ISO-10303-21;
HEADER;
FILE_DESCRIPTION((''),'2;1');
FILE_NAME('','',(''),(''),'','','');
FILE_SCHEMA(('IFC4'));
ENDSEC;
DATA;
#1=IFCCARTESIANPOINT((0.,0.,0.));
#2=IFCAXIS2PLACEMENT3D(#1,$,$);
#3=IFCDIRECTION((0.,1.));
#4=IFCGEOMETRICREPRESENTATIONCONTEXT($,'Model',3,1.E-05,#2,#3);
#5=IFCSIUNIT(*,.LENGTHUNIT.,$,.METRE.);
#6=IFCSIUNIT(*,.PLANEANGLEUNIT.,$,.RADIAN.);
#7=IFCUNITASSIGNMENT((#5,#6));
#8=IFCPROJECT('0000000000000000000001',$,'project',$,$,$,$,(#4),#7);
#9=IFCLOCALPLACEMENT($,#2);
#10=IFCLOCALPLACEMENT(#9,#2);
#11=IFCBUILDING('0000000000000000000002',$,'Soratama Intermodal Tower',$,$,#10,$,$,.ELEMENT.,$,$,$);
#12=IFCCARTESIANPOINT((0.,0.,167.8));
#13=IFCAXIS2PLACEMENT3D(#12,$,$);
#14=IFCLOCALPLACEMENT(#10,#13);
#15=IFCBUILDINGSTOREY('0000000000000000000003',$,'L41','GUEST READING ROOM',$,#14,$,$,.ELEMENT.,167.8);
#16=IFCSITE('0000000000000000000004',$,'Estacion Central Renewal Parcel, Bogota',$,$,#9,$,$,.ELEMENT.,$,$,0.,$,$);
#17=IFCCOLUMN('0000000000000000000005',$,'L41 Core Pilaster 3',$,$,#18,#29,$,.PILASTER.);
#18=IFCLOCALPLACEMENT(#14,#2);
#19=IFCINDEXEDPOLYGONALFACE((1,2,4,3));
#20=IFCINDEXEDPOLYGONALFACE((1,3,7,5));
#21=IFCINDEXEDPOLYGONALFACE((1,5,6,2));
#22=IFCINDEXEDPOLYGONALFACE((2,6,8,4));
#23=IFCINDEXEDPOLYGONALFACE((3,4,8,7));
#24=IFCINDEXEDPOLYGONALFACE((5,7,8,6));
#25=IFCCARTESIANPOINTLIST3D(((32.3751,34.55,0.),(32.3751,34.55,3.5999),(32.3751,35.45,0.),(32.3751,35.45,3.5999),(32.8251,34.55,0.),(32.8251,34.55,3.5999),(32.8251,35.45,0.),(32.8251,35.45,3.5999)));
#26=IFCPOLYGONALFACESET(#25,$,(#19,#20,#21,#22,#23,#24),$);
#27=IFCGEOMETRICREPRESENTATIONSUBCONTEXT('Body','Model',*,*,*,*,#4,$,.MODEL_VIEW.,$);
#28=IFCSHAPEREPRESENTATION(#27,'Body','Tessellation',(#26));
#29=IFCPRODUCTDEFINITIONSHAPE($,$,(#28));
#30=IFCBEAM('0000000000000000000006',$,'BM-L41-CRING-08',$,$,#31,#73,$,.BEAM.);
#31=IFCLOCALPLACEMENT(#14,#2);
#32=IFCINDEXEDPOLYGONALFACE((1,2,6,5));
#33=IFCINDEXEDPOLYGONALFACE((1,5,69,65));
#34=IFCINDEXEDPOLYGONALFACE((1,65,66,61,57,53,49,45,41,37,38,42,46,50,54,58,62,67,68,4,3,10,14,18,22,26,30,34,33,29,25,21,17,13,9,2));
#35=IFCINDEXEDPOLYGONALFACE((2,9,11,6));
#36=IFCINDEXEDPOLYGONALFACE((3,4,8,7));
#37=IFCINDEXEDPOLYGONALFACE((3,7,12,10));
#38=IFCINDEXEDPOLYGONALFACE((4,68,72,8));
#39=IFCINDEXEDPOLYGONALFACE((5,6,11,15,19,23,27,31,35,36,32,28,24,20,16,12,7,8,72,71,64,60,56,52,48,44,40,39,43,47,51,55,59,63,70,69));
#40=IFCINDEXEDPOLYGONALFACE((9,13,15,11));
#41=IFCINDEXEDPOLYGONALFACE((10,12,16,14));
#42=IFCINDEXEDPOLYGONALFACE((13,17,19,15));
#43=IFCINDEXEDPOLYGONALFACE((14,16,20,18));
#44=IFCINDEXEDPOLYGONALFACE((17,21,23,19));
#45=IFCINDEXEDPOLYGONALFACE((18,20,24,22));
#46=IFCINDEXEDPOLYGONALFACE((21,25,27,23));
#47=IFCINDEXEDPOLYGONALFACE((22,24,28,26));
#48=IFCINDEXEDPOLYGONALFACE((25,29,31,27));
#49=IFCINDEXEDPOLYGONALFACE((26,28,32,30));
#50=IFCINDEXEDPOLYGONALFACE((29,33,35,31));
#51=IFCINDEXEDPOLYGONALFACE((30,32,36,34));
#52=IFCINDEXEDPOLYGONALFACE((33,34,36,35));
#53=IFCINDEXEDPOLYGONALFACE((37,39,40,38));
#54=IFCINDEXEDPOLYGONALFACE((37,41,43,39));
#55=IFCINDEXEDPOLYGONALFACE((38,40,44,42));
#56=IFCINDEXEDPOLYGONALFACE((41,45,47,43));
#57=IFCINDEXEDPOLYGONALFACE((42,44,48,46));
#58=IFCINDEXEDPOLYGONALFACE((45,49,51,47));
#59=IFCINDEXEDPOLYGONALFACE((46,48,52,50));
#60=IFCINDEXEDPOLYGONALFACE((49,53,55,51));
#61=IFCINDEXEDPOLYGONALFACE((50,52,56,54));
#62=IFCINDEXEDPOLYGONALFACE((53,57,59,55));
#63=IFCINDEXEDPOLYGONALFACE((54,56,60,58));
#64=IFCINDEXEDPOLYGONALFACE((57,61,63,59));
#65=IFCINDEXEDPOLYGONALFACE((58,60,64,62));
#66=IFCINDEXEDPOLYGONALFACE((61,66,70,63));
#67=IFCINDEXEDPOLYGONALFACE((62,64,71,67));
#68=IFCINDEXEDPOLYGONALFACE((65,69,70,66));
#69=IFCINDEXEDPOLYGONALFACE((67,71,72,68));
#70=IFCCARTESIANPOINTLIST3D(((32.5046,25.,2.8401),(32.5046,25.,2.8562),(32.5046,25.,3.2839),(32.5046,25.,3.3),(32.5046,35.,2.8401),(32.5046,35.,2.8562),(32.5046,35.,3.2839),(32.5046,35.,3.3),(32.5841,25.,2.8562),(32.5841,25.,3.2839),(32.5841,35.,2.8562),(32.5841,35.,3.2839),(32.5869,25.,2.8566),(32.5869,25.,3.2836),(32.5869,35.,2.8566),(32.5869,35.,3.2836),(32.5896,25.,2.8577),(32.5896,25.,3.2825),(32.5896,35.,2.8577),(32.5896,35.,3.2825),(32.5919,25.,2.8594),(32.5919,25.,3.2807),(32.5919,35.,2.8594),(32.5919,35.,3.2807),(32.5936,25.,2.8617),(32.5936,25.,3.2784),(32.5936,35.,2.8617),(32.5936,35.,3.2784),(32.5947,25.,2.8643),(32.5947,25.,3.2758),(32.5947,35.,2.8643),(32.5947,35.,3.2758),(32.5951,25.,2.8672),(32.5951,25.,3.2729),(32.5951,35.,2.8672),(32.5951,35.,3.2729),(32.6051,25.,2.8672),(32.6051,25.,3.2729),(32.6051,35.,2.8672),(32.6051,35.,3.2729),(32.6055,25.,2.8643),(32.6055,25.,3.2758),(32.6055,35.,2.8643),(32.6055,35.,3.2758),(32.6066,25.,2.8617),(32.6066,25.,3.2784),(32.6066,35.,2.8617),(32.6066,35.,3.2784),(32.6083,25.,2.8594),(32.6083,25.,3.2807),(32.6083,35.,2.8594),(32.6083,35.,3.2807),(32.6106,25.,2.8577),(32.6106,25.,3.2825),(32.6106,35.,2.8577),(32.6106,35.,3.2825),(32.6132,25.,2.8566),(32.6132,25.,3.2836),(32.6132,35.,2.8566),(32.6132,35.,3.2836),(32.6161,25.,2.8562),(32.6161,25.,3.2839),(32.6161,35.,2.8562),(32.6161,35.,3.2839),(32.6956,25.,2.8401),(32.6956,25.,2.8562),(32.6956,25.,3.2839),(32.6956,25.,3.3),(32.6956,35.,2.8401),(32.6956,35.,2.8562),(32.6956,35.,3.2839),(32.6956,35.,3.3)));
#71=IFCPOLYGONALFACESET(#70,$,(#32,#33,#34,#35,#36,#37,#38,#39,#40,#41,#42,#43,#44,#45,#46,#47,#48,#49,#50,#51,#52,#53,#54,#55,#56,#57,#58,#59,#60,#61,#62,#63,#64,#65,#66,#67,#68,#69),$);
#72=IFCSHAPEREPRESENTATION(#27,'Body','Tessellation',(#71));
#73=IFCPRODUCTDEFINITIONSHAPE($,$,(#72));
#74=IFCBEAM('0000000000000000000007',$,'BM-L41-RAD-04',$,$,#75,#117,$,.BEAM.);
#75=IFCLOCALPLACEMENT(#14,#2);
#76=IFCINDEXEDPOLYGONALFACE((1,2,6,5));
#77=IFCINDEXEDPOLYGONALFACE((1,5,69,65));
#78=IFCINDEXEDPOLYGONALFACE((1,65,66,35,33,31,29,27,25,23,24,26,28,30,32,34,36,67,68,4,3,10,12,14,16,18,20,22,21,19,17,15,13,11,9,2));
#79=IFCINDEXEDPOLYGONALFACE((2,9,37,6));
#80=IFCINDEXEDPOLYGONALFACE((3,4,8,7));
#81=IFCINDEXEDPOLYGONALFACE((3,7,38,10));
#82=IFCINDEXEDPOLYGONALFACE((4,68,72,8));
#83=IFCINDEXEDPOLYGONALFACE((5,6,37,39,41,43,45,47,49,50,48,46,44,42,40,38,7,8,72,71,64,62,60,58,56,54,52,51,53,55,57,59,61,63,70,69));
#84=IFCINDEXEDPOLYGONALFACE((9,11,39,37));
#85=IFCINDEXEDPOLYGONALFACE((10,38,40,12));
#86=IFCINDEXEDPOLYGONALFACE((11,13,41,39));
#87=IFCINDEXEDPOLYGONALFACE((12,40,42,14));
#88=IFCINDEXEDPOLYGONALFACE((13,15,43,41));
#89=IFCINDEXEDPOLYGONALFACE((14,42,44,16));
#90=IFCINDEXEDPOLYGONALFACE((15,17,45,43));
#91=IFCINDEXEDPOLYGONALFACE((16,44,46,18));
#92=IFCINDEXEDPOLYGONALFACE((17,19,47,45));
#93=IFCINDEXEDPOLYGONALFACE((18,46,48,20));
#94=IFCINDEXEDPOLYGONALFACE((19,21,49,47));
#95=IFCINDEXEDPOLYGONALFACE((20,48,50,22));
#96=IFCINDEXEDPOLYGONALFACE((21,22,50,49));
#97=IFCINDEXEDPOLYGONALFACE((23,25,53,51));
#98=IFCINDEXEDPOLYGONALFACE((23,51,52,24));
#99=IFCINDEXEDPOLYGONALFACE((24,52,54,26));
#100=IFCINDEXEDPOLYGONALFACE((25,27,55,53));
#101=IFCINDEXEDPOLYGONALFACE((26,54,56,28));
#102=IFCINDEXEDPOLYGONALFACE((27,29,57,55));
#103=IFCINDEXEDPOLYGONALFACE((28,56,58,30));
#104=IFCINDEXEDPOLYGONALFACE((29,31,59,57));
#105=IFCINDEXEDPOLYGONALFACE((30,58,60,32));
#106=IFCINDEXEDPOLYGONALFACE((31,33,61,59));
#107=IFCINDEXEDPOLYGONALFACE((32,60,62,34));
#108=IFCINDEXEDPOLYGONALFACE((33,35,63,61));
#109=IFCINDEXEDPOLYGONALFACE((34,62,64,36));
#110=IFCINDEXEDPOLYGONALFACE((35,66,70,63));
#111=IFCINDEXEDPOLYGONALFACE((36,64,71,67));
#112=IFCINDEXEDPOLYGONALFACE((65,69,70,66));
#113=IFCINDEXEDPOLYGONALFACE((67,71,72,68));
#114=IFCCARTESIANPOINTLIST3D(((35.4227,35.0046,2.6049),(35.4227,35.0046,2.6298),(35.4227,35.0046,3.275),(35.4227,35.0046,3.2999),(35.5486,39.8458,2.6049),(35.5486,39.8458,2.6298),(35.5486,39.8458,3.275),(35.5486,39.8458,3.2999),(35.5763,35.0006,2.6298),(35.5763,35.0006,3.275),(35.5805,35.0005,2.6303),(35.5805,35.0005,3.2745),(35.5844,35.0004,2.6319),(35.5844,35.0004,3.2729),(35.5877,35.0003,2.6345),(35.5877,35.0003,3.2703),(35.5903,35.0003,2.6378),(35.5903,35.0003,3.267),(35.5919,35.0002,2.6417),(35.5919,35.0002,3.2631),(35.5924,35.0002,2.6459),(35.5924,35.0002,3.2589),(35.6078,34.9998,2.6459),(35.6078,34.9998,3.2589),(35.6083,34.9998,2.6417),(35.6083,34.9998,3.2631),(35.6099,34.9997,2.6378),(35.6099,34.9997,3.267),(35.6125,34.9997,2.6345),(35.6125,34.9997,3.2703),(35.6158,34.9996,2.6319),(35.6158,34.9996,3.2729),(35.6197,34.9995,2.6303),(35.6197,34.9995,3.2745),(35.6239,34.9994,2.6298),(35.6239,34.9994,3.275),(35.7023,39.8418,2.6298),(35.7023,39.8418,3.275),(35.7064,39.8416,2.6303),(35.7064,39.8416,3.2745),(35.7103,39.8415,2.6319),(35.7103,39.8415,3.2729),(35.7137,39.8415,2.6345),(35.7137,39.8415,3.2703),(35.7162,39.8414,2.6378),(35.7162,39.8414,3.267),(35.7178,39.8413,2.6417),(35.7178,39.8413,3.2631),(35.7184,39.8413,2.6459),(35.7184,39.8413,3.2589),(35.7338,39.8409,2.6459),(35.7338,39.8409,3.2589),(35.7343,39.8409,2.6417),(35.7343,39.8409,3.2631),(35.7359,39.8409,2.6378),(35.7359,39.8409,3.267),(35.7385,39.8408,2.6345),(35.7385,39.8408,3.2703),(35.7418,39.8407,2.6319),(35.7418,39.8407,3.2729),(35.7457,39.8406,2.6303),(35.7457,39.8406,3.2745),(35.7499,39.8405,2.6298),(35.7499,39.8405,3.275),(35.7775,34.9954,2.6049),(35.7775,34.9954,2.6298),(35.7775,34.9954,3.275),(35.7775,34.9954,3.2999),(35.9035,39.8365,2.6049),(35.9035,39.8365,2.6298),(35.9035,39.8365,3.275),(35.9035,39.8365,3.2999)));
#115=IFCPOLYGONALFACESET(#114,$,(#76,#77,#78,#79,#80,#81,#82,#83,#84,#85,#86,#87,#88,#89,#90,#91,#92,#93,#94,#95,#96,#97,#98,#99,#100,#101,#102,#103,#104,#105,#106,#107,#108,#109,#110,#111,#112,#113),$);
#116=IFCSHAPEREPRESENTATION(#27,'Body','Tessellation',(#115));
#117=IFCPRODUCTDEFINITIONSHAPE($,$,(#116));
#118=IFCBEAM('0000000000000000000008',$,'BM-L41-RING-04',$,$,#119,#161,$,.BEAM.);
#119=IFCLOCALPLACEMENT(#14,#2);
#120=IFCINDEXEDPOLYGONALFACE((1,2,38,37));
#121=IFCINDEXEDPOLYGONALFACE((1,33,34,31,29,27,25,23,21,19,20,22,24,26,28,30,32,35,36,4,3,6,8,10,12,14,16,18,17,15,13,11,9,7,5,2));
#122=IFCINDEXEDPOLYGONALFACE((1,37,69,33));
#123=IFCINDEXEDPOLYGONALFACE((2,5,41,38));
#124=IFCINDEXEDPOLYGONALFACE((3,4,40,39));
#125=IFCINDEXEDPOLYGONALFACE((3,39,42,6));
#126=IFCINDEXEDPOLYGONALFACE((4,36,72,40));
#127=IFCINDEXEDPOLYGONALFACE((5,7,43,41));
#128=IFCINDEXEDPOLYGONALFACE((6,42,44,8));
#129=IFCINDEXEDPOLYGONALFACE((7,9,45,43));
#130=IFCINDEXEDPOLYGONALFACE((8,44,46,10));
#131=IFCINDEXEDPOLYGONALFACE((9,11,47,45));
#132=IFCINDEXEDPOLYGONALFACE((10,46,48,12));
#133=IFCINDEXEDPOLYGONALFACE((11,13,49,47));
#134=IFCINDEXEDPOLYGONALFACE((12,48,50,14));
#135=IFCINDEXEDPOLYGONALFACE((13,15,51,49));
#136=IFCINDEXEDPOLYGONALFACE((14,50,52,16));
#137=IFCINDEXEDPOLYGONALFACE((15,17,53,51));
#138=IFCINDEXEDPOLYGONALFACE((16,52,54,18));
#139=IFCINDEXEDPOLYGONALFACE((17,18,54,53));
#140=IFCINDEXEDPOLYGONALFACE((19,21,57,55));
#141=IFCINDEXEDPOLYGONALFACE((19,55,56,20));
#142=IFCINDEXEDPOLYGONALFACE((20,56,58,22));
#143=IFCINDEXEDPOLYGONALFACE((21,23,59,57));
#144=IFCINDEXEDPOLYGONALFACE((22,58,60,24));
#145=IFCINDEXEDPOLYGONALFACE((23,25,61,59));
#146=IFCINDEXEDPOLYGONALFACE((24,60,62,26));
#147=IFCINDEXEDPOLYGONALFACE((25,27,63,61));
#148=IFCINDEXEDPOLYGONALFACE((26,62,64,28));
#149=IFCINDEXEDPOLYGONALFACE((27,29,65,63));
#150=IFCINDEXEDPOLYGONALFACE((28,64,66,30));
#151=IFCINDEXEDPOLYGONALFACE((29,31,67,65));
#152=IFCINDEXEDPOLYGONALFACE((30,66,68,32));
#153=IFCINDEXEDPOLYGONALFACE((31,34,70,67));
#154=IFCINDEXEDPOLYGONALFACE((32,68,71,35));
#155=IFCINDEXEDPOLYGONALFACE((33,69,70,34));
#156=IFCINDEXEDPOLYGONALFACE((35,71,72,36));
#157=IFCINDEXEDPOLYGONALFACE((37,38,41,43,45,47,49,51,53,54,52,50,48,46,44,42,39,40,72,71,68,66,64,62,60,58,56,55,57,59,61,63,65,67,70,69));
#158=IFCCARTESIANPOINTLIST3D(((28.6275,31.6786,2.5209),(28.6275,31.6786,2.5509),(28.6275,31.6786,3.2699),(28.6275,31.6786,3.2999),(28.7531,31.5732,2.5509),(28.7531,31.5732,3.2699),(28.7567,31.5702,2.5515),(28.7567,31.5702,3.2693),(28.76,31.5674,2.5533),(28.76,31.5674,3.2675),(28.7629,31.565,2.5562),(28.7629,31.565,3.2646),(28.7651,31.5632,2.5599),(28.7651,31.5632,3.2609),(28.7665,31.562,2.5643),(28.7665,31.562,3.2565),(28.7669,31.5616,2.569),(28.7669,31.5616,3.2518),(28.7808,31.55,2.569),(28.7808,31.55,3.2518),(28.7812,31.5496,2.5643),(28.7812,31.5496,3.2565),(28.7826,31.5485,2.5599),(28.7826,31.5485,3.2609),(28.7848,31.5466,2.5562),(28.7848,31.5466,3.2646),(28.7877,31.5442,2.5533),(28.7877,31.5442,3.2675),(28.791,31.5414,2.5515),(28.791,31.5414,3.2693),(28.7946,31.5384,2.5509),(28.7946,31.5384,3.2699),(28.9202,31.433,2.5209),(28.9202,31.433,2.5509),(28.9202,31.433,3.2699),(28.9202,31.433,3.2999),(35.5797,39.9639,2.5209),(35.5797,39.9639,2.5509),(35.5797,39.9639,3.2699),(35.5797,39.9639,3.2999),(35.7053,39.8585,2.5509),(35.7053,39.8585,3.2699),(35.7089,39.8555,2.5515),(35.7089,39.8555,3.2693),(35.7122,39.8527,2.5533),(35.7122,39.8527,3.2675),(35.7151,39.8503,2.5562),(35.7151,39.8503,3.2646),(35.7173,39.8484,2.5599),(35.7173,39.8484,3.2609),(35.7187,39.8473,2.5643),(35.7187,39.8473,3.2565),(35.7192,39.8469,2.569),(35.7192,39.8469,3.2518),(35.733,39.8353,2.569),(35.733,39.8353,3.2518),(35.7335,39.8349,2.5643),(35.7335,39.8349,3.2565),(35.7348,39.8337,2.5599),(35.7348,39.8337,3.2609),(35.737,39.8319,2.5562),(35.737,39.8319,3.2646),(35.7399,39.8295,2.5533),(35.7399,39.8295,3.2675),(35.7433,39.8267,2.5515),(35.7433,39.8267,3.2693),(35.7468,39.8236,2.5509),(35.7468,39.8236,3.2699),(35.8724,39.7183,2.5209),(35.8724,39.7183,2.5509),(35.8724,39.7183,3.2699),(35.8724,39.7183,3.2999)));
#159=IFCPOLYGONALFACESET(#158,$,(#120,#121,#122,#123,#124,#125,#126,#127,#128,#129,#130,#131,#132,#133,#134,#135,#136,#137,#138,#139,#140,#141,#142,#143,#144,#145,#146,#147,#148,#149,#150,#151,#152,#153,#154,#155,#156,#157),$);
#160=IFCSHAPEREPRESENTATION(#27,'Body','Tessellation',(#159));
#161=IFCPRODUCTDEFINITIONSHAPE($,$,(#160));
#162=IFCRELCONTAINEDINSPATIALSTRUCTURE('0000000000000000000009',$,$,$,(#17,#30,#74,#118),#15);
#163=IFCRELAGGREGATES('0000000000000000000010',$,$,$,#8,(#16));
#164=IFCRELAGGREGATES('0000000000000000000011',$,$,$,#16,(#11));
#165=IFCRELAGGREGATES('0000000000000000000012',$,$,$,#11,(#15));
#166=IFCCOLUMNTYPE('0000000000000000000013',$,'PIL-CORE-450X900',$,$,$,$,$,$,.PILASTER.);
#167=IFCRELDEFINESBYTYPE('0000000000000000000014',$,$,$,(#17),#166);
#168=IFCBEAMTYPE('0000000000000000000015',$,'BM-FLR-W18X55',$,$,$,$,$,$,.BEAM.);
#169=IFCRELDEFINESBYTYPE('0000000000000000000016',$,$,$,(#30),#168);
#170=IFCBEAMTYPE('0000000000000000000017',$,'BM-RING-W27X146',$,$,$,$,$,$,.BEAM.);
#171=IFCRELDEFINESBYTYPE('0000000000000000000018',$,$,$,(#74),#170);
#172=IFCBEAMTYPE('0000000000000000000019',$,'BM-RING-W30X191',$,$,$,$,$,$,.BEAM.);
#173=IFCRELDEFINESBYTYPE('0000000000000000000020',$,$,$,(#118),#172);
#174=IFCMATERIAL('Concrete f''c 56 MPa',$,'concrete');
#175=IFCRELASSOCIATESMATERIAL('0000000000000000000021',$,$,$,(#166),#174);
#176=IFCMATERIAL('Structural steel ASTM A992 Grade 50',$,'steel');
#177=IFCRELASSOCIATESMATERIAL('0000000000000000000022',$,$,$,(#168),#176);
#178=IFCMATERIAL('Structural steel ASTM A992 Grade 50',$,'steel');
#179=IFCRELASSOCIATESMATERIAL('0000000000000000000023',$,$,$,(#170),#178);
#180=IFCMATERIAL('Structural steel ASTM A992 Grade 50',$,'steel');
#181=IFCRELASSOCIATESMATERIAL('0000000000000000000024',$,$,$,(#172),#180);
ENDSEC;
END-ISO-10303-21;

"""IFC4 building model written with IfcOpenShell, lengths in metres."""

from ifc_helpers import new_model, si_unit, direction, frame, origin, origin_2d, place, context, subcontext, project, spatial, rectangle, i_section, extrude, material, material_profile, profile_set, type_object, element, save


model = new_model("IFC4")

# Units and contexts
model_context = context("Model", 3, precision=1e-05, world=origin(), true_north=direction((0.0, 1.0)))
body_context = subcontext(model_context, "Body", "Model", "MODEL_VIEW")
ifc_project = project(units=[si_unit("LENGTHUNIT", "METRE"), si_unit("PLANEANGLEUNIT", "RADIAN")], contexts=[model_context])

# Site, building, storey
site_placement = place(None, origin())
site = spatial("IfcSite", under=ifc_project, at=site_placement, Name="Estacion Central Renewal Parcel, Bogota", CompositionType="ELEMENT", RefElevation=0.0)
building_placement = place(site_placement, origin())
building = spatial("IfcBuilding", under=site, at=building_placement, Name="Soratama Intermodal Tower", CompositionType="ELEMENT")
storey_placement = place(building_placement, frame((0.0, 0.0, 167.8)))
storey = spatial("IfcBuildingStorey", under=building, at=storey_placement, Name="L41", Description="GUEST READING ROOM", CompositionType="ELEMENT", Elevation=167.8)

# Column
ifc_material_1 = material(Name="Concrete f'c 56 MPa", Category="concrete")
ifc_material_profile_1 = material_profile(ifc_material_1, rectangle(XDim=0.45, YDim=0.8999, at=origin_2d()), Name="RC450X900")
ifc_profile_set_1 = profile_set([ifc_material_profile_1], Name="Concrete f'c 56 MPa")
column_type = type_object("IfcColumnType", Name="PIL-CORE-450X900", PredefinedType="PILASTER", material=ifc_profile_set_1)
column_placement = place(storey_placement, frame((32.6001, 35.0, 0.0), z_axis=(0.0, 0.0, 1.0), x_axis=(1.0, 0.0, 0.0)))
element("IfcColumn", 1, at=column_placement, inside=storey, type_object=column_type, Name="L41 Core Pilaster 3", PredefinedType="PILASTER", context=body_context, shape_type="SweptSolid", body=[
    extrude(rectangle(XDim=0.45, YDim=0.8999, at=origin_2d()), origin(), (0.0, 0.0, 1.0), 3.5999),
])

# Beams
ifc_material_2 = material(Name="Structural steel ASTM A992 Grade 50", Category="steel")
ifc_material_profile_2 = material_profile(ifc_material_2, i_section(OverallWidth=0.1909, OverallDepth=0.46, WebThickness=0.01, FlangeThickness=0.0161, FilletRadius=0.011, at=origin_2d()), Name="W18X55")
ifc_profile_set_2 = profile_set([ifc_material_profile_2], Name="Structural steel ASTM A992 Grade 50")
beam_type_1 = type_object("IfcBeamType", Name="BM-FLR-W18X55", PredefinedType="BEAM", material=ifc_profile_set_2)
beam_1_placement = place(storey_placement, frame((32.6001, 35.0, 3.0701), z_axis=(0.0, -1.0, 0.0), x_axis=(1.0, 0.0, 0.0)))
element("IfcBeam", 2, at=beam_1_placement, inside=storey, type_object=beam_type_1, Name="BM-L41-CRING-08", PredefinedType="BEAM", context=body_context, shape_type="SweptSolid", body=[
    extrude(i_section(OverallWidth=0.1909, OverallDepth=0.46, WebThickness=0.01, FlangeThickness=0.0161, FilletRadius=0.011, at=origin_2d()), origin(), (0.0, 0.0, 1.0), 10.0),
])
ifc_material_3 = material(Name="Structural steel ASTM A992 Grade 50", Category="steel")
ifc_material_profile_3 = material_profile(ifc_material_3, i_section(OverallWidth=0.355, OverallDepth=0.6951, WebThickness=0.0154, FlangeThickness=0.0249, FilletRadius=0.0161, at=origin_2d()), Name="W27X146")
ifc_profile_set_3 = profile_set([ifc_material_profile_3], Name="Structural steel ASTM A992 Grade 50")
beam_type_2 = type_object("IfcBeamType", Name="BM-RING-W27X146", PredefinedType="BEAM", material=ifc_profile_set_3)
beam_2_placement = place(storey_placement, frame((35.6001, 35.0, 2.9524), z_axis=(0.026014, 0.999662, 0.0), x_axis=(-0.999662, 0.026014, 0.0)))
element("IfcBeam", 3, at=beam_2_placement, inside=storey, type_object=beam_type_2, Name="BM-L41-RAD-04", PredefinedType="BEAM", context=body_context, shape_type="SweptSolid", body=[
    extrude(i_section(OverallWidth=0.355, OverallDepth=0.6951, WebThickness=0.0154, FlangeThickness=0.0249, FilletRadius=0.0161, at=origin_2d()), origin(), (0.0, 0.0, 1.0), 4.8428),
])
ifc_material_4 = material(Name="Structural steel ASTM A992 Grade 50", Category="steel")
ifc_material_profile_4 = material_profile(ifc_material_4, i_section(OverallWidth=0.3821, OverallDepth=0.7791, WebThickness=0.0181, FlangeThickness=0.03, FilletRadius=0.0181, at=origin_2d()), Name="W30X191")
ifc_profile_set_4 = profile_set([ifc_material_profile_4], Name="Structural steel ASTM A992 Grade 50")
beam_type_3 = type_object("IfcBeamType", Name="BM-RING-W30X191", PredefinedType="BEAM", material=ifc_profile_set_4)
beam_3_placement = place(storey_placement, frame((35.7261, 39.8411, 2.9104), z_axis=(-0.642792, -0.766041, 0.0), x_axis=(0.766041, -0.642792, 0.0)))
element("IfcBeam", 4, at=beam_3_placement, inside=storey, type_object=beam_type_3, Name="BM-L41-RING-04", PredefinedType="BEAM", context=body_context, shape_type="SweptSolid", body=[
    extrude(i_section(OverallWidth=0.3821, OverallDepth=0.7791, WebThickness=0.0181, FlangeThickness=0.03, FilletRadius=0.0181, at=origin_2d()), origin(), (0.0, 0.0, 1.0), 10.8157),
])

save(model, "model.ifc")
